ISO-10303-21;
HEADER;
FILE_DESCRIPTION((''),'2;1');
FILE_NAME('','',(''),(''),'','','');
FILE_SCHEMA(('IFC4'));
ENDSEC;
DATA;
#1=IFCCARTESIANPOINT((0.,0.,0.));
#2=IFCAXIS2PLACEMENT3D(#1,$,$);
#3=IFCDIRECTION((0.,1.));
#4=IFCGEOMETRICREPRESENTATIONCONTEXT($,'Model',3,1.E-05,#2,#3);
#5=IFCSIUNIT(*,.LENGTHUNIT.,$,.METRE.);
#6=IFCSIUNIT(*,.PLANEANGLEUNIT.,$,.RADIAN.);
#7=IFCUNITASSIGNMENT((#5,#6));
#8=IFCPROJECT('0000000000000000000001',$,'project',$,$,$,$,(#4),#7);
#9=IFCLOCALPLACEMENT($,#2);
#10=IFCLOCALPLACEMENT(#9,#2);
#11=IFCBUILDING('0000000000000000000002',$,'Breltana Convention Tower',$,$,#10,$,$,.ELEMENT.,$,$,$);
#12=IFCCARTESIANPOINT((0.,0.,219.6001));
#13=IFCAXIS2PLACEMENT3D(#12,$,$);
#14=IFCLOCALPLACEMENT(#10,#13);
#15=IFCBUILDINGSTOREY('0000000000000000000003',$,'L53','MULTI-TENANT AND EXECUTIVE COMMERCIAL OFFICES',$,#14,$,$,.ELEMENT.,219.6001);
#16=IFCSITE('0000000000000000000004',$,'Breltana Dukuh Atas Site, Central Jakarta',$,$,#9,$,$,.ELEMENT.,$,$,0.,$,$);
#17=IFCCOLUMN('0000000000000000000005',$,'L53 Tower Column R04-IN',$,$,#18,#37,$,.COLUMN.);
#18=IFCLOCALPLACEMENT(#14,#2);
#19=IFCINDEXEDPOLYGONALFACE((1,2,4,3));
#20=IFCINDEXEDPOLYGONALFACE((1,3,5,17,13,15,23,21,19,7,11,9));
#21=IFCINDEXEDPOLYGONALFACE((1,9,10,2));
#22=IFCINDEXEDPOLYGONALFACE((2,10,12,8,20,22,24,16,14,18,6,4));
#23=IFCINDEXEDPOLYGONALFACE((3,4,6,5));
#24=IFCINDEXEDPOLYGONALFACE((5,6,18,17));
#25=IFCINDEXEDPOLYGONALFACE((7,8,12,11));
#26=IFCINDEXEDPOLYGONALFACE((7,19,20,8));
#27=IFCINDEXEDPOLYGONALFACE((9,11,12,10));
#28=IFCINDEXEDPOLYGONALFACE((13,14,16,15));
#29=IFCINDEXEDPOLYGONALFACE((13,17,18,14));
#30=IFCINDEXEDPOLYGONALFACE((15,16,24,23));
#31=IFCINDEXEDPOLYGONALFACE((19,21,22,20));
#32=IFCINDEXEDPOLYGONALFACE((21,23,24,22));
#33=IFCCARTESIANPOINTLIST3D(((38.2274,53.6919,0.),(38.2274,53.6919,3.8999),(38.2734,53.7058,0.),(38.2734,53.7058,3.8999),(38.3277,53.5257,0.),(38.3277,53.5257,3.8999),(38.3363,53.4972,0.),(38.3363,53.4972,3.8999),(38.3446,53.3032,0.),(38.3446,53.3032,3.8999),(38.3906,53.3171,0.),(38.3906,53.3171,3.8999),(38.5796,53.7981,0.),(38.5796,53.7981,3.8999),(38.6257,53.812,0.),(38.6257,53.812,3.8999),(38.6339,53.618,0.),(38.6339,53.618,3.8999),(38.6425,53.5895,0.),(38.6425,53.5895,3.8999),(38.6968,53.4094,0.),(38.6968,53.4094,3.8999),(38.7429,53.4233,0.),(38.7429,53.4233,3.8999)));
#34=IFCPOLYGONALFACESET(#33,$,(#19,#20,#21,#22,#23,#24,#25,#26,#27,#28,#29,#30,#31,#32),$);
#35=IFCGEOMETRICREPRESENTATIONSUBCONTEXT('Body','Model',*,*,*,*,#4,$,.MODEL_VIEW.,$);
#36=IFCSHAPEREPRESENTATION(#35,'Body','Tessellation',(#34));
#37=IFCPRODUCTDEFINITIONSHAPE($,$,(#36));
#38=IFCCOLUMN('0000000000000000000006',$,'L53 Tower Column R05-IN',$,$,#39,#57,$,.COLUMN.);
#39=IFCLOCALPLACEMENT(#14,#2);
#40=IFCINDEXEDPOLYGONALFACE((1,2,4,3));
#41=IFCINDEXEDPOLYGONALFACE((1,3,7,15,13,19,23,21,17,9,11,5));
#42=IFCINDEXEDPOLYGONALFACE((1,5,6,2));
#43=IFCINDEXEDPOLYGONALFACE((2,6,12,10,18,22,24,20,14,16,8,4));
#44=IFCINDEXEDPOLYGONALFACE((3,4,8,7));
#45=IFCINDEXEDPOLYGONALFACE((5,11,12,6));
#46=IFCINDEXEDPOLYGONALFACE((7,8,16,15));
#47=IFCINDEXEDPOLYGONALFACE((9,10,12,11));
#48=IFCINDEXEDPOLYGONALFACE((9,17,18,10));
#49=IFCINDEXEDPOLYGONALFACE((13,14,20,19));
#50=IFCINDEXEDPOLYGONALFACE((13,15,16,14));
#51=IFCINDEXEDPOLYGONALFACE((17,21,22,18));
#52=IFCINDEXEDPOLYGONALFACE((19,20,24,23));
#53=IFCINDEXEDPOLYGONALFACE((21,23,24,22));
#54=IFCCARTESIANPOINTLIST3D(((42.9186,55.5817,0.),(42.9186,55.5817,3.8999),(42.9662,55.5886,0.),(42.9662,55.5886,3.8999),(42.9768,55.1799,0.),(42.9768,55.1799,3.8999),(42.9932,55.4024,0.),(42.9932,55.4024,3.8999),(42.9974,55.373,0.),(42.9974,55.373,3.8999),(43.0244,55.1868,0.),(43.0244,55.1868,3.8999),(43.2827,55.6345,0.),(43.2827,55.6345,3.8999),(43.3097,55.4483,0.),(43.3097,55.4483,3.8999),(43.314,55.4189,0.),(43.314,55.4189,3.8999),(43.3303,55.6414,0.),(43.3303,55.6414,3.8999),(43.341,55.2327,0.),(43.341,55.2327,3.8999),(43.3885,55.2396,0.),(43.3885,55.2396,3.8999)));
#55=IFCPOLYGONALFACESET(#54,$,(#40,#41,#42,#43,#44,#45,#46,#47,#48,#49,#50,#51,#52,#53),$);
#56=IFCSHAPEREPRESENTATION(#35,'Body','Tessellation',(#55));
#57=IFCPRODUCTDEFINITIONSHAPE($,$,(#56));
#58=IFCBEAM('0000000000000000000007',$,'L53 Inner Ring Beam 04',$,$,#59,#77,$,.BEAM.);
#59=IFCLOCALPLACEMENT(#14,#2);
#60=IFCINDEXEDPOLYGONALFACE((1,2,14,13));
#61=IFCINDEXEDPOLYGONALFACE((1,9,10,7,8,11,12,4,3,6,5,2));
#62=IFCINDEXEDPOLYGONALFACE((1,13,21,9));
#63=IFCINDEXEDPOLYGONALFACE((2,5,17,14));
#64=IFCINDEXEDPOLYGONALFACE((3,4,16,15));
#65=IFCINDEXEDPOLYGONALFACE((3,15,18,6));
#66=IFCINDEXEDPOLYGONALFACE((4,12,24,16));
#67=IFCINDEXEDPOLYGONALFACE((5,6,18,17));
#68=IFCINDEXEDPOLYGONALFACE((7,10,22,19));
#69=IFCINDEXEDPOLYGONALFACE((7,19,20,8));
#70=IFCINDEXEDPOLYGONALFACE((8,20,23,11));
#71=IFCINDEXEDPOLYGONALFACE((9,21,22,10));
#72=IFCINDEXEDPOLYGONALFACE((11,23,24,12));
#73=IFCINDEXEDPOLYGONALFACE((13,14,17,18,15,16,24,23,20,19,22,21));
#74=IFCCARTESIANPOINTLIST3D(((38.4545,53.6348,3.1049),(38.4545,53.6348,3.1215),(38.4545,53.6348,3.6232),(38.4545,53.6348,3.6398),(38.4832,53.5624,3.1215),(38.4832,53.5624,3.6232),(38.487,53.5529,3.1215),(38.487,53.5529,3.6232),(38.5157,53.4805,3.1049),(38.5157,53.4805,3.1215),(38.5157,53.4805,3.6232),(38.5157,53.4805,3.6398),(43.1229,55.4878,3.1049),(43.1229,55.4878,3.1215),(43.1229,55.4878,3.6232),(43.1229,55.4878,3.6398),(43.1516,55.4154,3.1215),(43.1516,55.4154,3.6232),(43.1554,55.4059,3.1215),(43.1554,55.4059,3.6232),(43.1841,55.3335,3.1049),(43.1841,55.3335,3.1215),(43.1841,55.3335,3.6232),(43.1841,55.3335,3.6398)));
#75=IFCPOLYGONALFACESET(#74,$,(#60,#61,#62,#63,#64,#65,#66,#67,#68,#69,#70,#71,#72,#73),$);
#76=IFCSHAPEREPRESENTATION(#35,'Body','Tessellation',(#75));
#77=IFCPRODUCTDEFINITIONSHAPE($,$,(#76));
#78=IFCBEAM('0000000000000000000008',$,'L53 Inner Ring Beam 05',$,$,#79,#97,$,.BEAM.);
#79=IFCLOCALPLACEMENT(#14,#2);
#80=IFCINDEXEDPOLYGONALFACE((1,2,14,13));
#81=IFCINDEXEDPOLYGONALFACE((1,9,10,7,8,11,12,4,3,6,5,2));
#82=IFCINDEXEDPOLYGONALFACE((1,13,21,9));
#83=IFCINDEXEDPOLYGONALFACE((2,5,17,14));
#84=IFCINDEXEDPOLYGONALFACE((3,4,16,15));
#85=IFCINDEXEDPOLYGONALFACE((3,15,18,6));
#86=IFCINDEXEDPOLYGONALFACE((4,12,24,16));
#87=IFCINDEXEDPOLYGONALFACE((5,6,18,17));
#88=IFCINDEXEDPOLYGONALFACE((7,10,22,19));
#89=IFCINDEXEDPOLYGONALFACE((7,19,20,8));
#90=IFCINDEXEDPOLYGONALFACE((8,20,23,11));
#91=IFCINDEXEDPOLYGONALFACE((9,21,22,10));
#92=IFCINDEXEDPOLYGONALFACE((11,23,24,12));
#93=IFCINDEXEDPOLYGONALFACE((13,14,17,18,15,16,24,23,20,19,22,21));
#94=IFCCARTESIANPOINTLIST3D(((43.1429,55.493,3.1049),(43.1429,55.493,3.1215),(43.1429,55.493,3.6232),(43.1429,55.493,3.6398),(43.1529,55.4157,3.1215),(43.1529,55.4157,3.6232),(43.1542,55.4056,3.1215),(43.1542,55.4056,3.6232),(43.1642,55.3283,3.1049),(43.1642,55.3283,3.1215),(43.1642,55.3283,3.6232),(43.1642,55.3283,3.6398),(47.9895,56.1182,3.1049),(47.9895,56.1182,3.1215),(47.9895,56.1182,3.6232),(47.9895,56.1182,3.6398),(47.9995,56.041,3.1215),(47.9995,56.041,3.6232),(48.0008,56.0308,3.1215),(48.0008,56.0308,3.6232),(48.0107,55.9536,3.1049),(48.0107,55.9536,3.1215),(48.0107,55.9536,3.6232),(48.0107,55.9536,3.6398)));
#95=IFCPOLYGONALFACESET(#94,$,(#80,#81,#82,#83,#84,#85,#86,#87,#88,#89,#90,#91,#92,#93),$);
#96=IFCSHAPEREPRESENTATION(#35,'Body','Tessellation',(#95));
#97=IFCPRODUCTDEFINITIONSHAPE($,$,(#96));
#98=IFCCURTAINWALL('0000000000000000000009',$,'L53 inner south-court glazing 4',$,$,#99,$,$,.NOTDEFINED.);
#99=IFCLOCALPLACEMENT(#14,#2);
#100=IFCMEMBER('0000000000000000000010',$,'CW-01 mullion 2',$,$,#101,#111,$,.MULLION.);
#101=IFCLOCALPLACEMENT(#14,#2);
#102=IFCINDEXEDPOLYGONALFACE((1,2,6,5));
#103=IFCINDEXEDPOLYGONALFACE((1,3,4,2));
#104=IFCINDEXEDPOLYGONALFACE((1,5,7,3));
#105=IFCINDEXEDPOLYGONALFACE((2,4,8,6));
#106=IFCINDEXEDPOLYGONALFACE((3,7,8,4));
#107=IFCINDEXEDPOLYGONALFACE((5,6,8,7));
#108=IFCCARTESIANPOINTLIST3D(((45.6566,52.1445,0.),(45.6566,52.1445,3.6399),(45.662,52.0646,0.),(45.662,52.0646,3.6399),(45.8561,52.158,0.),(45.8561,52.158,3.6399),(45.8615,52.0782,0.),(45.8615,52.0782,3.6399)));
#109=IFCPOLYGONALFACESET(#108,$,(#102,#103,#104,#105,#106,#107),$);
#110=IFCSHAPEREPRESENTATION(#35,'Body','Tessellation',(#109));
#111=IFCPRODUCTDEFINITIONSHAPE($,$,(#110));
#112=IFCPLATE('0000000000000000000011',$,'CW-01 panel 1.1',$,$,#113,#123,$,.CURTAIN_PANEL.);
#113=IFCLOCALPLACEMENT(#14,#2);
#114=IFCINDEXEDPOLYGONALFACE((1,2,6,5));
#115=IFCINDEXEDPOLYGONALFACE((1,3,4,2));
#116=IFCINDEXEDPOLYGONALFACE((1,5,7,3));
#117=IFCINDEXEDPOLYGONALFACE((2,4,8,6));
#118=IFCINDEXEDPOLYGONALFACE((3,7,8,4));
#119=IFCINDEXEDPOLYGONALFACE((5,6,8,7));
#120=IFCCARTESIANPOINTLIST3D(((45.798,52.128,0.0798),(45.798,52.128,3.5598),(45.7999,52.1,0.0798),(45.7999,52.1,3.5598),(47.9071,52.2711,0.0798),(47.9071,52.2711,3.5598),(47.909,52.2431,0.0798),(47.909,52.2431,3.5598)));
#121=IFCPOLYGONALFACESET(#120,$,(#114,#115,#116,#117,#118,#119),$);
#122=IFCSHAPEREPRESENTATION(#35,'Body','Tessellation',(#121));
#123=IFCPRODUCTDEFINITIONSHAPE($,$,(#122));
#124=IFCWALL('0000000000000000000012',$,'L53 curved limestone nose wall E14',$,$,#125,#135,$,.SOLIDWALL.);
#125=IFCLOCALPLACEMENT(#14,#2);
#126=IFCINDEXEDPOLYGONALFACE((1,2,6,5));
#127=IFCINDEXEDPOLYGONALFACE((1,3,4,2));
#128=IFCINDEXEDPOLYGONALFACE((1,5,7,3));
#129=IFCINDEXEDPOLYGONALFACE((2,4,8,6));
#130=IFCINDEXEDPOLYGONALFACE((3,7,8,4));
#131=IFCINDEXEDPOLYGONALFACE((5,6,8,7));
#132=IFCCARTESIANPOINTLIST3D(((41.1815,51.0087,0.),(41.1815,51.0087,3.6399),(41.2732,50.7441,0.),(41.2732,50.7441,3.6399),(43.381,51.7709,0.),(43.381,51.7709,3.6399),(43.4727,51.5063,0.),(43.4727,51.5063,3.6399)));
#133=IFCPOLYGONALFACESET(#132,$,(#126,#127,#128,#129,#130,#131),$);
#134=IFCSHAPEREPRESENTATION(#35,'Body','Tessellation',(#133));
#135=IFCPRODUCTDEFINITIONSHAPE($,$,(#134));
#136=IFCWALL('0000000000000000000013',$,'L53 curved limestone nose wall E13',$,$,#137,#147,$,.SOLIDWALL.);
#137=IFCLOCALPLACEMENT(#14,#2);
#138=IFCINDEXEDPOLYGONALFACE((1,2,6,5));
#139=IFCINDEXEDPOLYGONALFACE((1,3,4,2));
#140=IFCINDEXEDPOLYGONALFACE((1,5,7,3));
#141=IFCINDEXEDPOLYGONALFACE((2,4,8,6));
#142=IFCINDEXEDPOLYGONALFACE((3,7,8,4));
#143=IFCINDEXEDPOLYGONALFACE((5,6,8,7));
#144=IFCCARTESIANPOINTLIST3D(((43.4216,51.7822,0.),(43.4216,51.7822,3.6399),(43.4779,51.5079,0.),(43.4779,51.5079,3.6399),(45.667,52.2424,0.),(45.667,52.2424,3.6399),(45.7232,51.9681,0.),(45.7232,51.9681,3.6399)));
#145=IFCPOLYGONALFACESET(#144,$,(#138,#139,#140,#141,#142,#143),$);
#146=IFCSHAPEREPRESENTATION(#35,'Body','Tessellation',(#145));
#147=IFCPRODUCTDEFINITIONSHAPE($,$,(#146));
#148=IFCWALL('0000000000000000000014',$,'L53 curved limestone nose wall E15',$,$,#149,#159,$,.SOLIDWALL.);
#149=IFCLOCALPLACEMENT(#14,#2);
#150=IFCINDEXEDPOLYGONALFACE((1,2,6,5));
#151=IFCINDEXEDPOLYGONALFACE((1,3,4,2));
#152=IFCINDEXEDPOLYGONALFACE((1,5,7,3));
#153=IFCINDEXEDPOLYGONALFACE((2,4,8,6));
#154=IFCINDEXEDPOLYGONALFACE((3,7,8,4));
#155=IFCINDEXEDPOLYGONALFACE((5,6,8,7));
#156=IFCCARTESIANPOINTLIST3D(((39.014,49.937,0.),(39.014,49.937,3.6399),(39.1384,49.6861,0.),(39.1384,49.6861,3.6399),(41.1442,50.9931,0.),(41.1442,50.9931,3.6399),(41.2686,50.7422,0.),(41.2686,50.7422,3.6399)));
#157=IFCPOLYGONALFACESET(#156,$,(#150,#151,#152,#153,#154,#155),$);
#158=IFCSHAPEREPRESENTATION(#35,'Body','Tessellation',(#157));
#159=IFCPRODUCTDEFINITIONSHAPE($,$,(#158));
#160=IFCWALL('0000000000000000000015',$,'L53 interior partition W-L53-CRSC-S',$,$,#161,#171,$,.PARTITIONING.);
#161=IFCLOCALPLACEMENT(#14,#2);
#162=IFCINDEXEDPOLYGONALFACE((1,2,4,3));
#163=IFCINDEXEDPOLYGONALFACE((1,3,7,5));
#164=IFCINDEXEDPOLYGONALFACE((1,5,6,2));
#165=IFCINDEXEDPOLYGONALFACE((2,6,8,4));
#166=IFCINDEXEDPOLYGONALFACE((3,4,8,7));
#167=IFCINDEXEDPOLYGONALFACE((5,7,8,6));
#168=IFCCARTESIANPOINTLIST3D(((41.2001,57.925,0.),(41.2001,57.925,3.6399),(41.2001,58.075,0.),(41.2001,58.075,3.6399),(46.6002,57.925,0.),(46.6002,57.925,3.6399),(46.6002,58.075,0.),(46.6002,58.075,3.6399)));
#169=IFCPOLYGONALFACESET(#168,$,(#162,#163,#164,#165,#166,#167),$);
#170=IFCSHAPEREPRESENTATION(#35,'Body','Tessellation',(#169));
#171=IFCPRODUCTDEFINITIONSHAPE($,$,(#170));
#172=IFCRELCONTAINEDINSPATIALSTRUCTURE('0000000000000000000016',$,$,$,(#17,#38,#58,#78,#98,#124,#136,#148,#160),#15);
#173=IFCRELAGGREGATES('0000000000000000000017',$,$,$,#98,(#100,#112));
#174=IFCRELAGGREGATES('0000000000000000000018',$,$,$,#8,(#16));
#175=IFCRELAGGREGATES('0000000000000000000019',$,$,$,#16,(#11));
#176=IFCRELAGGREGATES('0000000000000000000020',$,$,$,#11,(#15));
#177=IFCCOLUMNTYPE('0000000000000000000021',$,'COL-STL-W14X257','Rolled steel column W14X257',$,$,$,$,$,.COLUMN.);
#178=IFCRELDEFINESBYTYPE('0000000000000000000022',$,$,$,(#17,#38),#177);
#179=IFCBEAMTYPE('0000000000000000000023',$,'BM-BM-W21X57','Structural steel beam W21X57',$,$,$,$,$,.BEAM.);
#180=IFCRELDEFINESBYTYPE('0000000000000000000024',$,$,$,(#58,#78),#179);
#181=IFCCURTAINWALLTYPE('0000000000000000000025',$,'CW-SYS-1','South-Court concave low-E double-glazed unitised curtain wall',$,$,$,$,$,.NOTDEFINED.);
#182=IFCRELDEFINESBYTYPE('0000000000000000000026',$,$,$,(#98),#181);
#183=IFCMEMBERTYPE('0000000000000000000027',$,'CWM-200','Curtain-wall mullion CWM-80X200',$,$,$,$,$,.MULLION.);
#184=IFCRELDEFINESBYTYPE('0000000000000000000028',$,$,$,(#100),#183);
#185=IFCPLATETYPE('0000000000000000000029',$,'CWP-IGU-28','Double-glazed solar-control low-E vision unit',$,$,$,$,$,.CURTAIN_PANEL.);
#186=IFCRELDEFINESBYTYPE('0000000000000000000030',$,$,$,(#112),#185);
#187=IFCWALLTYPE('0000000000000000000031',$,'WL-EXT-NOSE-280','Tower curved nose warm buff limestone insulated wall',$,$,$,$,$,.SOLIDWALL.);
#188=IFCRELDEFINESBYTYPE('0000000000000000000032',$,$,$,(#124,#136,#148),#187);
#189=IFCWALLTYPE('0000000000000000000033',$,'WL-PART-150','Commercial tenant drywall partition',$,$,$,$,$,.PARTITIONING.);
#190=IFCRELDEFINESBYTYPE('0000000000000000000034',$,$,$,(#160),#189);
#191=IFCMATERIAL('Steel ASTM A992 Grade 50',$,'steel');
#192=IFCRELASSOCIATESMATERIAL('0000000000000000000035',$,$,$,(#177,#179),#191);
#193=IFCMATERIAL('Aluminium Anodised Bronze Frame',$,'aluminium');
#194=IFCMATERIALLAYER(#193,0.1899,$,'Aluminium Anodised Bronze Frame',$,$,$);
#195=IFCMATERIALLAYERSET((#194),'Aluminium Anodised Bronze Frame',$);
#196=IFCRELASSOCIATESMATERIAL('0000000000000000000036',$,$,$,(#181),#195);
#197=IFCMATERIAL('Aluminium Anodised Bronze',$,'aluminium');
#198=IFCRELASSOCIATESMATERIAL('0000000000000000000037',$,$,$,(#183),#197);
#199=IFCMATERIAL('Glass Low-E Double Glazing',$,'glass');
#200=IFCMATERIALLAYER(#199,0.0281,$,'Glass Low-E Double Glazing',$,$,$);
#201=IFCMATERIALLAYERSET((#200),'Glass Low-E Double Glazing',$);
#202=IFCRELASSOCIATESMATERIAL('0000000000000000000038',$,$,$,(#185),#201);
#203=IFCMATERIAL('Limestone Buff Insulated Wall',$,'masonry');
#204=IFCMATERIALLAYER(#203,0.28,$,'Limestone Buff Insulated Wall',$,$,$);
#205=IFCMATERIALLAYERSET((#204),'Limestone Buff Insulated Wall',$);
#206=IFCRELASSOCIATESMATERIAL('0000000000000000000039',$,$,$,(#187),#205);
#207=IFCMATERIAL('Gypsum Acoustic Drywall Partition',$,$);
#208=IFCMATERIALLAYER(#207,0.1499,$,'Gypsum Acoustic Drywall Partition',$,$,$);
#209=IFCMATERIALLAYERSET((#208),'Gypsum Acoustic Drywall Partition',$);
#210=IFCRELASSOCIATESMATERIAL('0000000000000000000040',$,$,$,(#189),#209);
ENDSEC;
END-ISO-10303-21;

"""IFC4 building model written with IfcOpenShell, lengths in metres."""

from ifc_helpers import new_model, si_unit, direction, frame, frame_2d, origin, origin_2d, place, context, subcontext, project, spatial, rectangle, i_section, extrude, source, transform, mapped, material, layer, layer_set, material_profile, profile_set, type_object, element, aggregate, save


model = new_model("IFC4")

# Units and contexts
model_context = context("Model", 3, precision=1e-05, world=origin(), true_north=direction((0.0, 1.0)))
body_context = subcontext(model_context, "Body", "Model", "MODEL_VIEW")
ifc_project = project(units=[si_unit("LENGTHUNIT", "METRE"), si_unit("PLANEANGLEUNIT", "RADIAN")], contexts=[model_context])

# Site, building, storey
site_placement = place(None, origin())
site = spatial("IfcSite", under=ifc_project, at=site_placement, Name="Breltana Dukuh Atas Site, Central Jakarta", CompositionType="ELEMENT", RefElevation=0.0)
building_placement = place(site_placement, origin())
building = spatial("IfcBuilding", under=site, at=building_placement, Name="Breltana Convention Tower", CompositionType="ELEMENT")
storey_placement = place(building_placement, frame((0.0, 0.0, 219.6001)))
storey = spatial("IfcBuildingStorey", under=building, at=storey_placement, Name="L53", Description="MULTI-TENANT AND EXECUTIVE COMMERCIAL OFFICES", CompositionType="ELEMENT", Elevation=219.6001)

# Columns
ifc_material_1 = material(Name="Steel ASTM A992 Grade 50", Category="steel")
ifc_material_profile_1 = material_profile(ifc_material_1, i_section(OverallWidth=0.406, OverallDepth=0.416, WebThickness=0.0298, FlangeThickness=0.0481, at=origin_2d()), Name="W14X257")
ifc_profile_set_1 = profile_set([ifc_material_profile_1], Name="Steel ASTM A992 Grade 50")
column_type = type_object("IfcColumnType", Name="COL-STL-W14X257", Description="Rolled steel column W14X257", PredefinedType="COLUMN", material=ifc_profile_set_1)
shared_shape_1 = source(origin(), body_context, "Body", "SweptSolid", [
    extrude(i_section(OverallWidth=0.406, OverallDepth=0.416, WebThickness=0.0298, FlangeThickness=0.0481, at=origin_2d()), origin(), (0.0, 0.0, 1.0), 3.8999),
])
for number, where, z_axis, x_axis, name in (
    (1, (38.4851, 53.5576, 0.0), (0.0, 0.0, 1.0), (-0.288698, 0.95742, 0.0), "L53 Tower Column R04-IN"),
    (2, (43.1536, 55.4106, 0.0), (0.0, 0.0, 1.0), (-0.143493, 0.989651, 0.0), "L53 Tower Column R05-IN"),
):
    element("IfcColumn", number, at=place(storey_placement, frame(where, z_axis=z_axis, x_axis=x_axis)), inside=storey, type_object=column_type, Name=name, PredefinedType="COLUMN", context=body_context, shape_type="MappedRepresentation", body=[
        mapped(shared_shape_1, transform((0.0, 0.0, 0.0), scale=1.0)),
    ])

# Beams
ifc_material_profile_2 = material_profile(ifc_material_1, i_section(OverallWidth=0.166, OverallDepth=0.5349, WebThickness=0.0103, FlangeThickness=0.0166, at=origin_2d()), Name="W21X57")
ifc_profile_set_2 = profile_set([ifc_material_profile_2], Name="Steel ASTM A992 Grade 50")
beam_type = type_object("IfcBeamType", Name="BM-BM-W21X57", Description="Structural steel beam W21X57", PredefinedType="BEAM", material=ifc_profile_set_2)
shared_shape_2 = source(origin(), body_context, "Body", "SweptSolid", [
    extrude(i_section(OverallWidth=0.166, OverallDepth=0.5349, WebThickness=0.0103, FlangeThickness=0.0166, at=origin_2d()), origin(), (0.0, 0.0, 1.0), 5.0227),
])
beam_1_placement = place(storey_placement, frame((38.4851, 53.5576, 3.3723), z_axis=(0.929459, 0.368926, 0.0), x_axis=(-0.368926, 0.929459, 0.0)))
element("IfcBeam", 3, at=beam_1_placement, inside=storey, type_object=beam_type, Name="L53 Inner Ring Beam 04", PredefinedType="BEAM", context=body_context, shape_type="MappedRepresentation", body=[
    mapped(shared_shape_2, transform((0.0, 0.0, 0.0), scale=1.0)),
])
shared_shape_3 = source(origin(), body_context, "Body", "SweptSolid", [
    extrude(i_section(OverallWidth=0.166, OverallDepth=0.5349, WebThickness=0.0103, FlangeThickness=0.0166, at=origin_2d()), origin(), (0.0, 0.0, 1.0), 4.8867),
])
beam_2_placement = place(storey_placement, frame((43.1536, 55.4106, 3.3723), z_axis=(0.991781, 0.127951, 0.0), x_axis=(-0.127951, 0.991781, 0.0)))
element("IfcBeam", 4, at=beam_2_placement, inside=storey, type_object=beam_type, Name="L53 Inner Ring Beam 05", PredefinedType="BEAM", context=body_context, shape_type="MappedRepresentation", body=[
    mapped(shared_shape_3, transform((0.0, 0.0, 0.0), scale=1.0)),
])

# Curtain wall, member, plate
ifc_material_2 = material(Name="Aluminium Anodised Bronze Frame", Category="aluminium")
ifc_layer_1 = layer(ifc_material_2, 0.1899, Name="Aluminium Anodised Bronze Frame")
ifc_layer_set_1 = layer_set([ifc_layer_1], Name="Aluminium Anodised Bronze Frame")
curtain_wall_type = type_object("IfcCurtainWallType", Name="CW-SYS-1", Description="South-Court concave low-E double-glazed unitised curtain wall", PredefinedType="NOTDEFINED", material=ifc_layer_set_1)
curtain_wall_placement = place(storey_placement, origin())
curtain_wall = element("IfcCurtainWall", 5, at=curtain_wall_placement, inside=storey, type_object=curtain_wall_type, Name="L53 inner south-court glazing 4", PredefinedType="NOTDEFINED")
ifc_material_3 = material(Name="Aluminium Anodised Bronze", Category="aluminium")
ifc_material_profile_3 = material_profile(ifc_material_3, rectangle(XDim=0.0801, YDim=0.2, at=origin_2d()), Name="CWM-80X200")
ifc_profile_set_3 = profile_set([ifc_material_profile_3], Name="Aluminium Anodised Bronze")
member_type = type_object("IfcMemberType", Name="CWM-200", Description="Curtain-wall mullion CWM-80X200", PredefinedType="MULLION", material=ifc_profile_set_3)
shared_shape_4 = source(origin(), body_context, "Body", "SweptSolid", [
    extrude(rectangle(XDim=0.0801, YDim=0.2, at=origin_2d()), origin(), (0.0, 0.0, 1.0), 3.6399),
])
member_placement = place(storey_placement, frame((45.759, 52.1113, 0.0), z_axis=(0.0, 0.0, 1.0), x_axis=(0.067724, -0.997704, 0.0)))
member = element("IfcMember", 6, at=member_placement, type_object=member_type, Name="CW-01 mullion 2", PredefinedType="MULLION", context=body_context, shape_type="MappedRepresentation", body=[
    mapped(shared_shape_4, transform((0.0, 0.0, 0.0), scale=1.0)),
])
ifc_material_4 = material(Name="Glass Low-E Double Glazing", Category="glass")
ifc_layer_2 = layer(ifc_material_4, 0.0281, Name="Glass Low-E Double Glazing")
ifc_layer_set_2 = layer_set([ifc_layer_2], Name="Glass Low-E Double Glazing")
plate_type = type_object("IfcPlateType", Name="CWP-IGU-28", Description="Double-glazed solar-control low-E vision unit", PredefinedType="CURTAIN_PANEL", material=ifc_layer_set_2)
shared_shape_5 = source(origin(), body_context, "Body", "SweptSolid", [
    extrude(rectangle(XDim=2.114, YDim=0.0281, at=origin_2d()), origin(), (0.0, 0.0, 1.0), 3.48),
])
plate_placement = place(storey_placement, frame((46.8535, 52.1855, 0.0798), z_axis=(0.0, 0.0, 1.0), x_axis=(-0.997704, -0.067724, 0.0)))
plate = element("IfcPlate", 7, at=plate_placement, type_object=plate_type, Name="CW-01 panel 1.1", PredefinedType="CURTAIN_PANEL", context=body_context, shape_type="MappedRepresentation", body=[
    mapped(shared_shape_5, transform((0.0, 0.0, 0.0), scale=1.0)),
])
aggregate(curtain_wall, [member, plate])

# Walls
ifc_material_5 = material(Name="Limestone Buff Insulated Wall", Category="masonry")
ifc_layer_3 = layer(ifc_material_5, 0.28, Name="Limestone Buff Insulated Wall")
ifc_layer_set_3 = layer_set([ifc_layer_3], Name="Limestone Buff Insulated Wall")
wall_type_1 = type_object("IfcWallType", Name="WL-EXT-NOSE-280", Description="Tower curved nose warm buff limestone insulated wall", PredefinedType="SOLIDWALL", material=ifc_layer_set_3)
shared_shape_6 = source(origin(), body_context, "Body", "SweptSolid", [
    extrude(rectangle(XDim=2.3279, YDim=0.28, at=frame_2d((1.1641, 0.0))), origin(), (0.0, 0.0, 1.0), 3.6399),
])
wall_1_placement = place(storey_placement, frame((43.427, 51.6387, 0.0), z_axis=(0.0, 0.0, 1.0), x_axis=(-0.944873, -0.327438, 0.0)))
element("IfcWall", 8, at=wall_1_placement, inside=storey, type_object=wall_type_1, Name="L53 curved limestone nose wall E14", PredefinedType="SOLIDWALL", context=body_context, shape_type="MappedRepresentation", body=[
    mapped(shared_shape_6, transform((0.0, 0.0, 0.0), scale=1.0)),
])
shared_shape_7 = source(origin(), body_context, "Body", "SweptSolid", [
    extrude(rectangle(XDim=2.292, YDim=0.28, at=frame_2d((1.146, 0.0))), origin(), (0.0, 0.0, 1.0), 3.6399),
])
wall_2_placement = place(storey_placement, frame((45.6951, 52.1052, 0.0), z_axis=(0.0, 0.0, 1.0), x_axis=(-0.979635, -0.200784, 0.0)))
element("IfcWall", 9, at=wall_2_placement, inside=storey, type_object=wall_type_1, Name="L53 curved limestone nose wall E13", PredefinedType="SOLIDWALL", context=body_context, shape_type="MappedRepresentation", body=[
    mapped(shared_shape_7, transform((0.0, 0.0, 0.0), scale=1.0)),
])
shared_shape_8 = source(origin(), body_context, "Body", "SweptSolid", [
    extrude(rectangle(XDim=2.3777, YDim=0.28, at=frame_2d((1.189, 0.0))), origin(), (0.0, 0.0, 1.0), 3.6399),
])
wall_3_placement = place(storey_placement, frame((41.2065, 50.8677, 0.0), z_axis=(0.0, 0.0, 1.0), x_axis=(-0.895942, -0.444172, 0.0)))
element("IfcWall", 10, at=wall_3_placement, inside=storey, type_object=wall_type_1, Name="L53 curved limestone nose wall E15", PredefinedType="SOLIDWALL", context=body_context, shape_type="MappedRepresentation", body=[
    mapped(shared_shape_8, transform((0.0, 0.0, 0.0), scale=1.0)),
])
ifc_material_6 = material(Name="Gypsum Acoustic Drywall Partition")
ifc_layer_4 = layer(ifc_material_6, 0.1499, Name="Gypsum Acoustic Drywall Partition")
ifc_layer_set_4 = layer_set([ifc_layer_4], Name="Gypsum Acoustic Drywall Partition")
wall_type_2 = type_object("IfcWallType", Name="WL-PART-150", Description="Commercial tenant drywall partition", PredefinedType="PARTITIONING", material=ifc_layer_set_4)
shared_shape_9 = source(origin(), body_context, "Body", "SweptSolid", [
    extrude(rectangle(XDim=5.4001, YDim=0.1499, at=frame_2d((2.7002, 0.0))), origin(), (0.0, 0.0, 1.0), 3.6399),
])
wall_4_placement = place(storey_placement, frame((41.2, 58.0, 0.0), z_axis=(0.0, 0.0, 1.0), x_axis=(1.0, 0.0, 0.0)))
element("IfcWall", 11, at=wall_4_placement, inside=storey, type_object=wall_type_2, Name="L53 interior partition W-L53-CRSC-S", PredefinedType="PARTITIONING", context=body_context, shape_type="MappedRepresentation", body=[
    mapped(shared_shape_9, transform((0.0, 0.0, 0.0), scale=1.0)),
])

save(model, "model.ifc")
